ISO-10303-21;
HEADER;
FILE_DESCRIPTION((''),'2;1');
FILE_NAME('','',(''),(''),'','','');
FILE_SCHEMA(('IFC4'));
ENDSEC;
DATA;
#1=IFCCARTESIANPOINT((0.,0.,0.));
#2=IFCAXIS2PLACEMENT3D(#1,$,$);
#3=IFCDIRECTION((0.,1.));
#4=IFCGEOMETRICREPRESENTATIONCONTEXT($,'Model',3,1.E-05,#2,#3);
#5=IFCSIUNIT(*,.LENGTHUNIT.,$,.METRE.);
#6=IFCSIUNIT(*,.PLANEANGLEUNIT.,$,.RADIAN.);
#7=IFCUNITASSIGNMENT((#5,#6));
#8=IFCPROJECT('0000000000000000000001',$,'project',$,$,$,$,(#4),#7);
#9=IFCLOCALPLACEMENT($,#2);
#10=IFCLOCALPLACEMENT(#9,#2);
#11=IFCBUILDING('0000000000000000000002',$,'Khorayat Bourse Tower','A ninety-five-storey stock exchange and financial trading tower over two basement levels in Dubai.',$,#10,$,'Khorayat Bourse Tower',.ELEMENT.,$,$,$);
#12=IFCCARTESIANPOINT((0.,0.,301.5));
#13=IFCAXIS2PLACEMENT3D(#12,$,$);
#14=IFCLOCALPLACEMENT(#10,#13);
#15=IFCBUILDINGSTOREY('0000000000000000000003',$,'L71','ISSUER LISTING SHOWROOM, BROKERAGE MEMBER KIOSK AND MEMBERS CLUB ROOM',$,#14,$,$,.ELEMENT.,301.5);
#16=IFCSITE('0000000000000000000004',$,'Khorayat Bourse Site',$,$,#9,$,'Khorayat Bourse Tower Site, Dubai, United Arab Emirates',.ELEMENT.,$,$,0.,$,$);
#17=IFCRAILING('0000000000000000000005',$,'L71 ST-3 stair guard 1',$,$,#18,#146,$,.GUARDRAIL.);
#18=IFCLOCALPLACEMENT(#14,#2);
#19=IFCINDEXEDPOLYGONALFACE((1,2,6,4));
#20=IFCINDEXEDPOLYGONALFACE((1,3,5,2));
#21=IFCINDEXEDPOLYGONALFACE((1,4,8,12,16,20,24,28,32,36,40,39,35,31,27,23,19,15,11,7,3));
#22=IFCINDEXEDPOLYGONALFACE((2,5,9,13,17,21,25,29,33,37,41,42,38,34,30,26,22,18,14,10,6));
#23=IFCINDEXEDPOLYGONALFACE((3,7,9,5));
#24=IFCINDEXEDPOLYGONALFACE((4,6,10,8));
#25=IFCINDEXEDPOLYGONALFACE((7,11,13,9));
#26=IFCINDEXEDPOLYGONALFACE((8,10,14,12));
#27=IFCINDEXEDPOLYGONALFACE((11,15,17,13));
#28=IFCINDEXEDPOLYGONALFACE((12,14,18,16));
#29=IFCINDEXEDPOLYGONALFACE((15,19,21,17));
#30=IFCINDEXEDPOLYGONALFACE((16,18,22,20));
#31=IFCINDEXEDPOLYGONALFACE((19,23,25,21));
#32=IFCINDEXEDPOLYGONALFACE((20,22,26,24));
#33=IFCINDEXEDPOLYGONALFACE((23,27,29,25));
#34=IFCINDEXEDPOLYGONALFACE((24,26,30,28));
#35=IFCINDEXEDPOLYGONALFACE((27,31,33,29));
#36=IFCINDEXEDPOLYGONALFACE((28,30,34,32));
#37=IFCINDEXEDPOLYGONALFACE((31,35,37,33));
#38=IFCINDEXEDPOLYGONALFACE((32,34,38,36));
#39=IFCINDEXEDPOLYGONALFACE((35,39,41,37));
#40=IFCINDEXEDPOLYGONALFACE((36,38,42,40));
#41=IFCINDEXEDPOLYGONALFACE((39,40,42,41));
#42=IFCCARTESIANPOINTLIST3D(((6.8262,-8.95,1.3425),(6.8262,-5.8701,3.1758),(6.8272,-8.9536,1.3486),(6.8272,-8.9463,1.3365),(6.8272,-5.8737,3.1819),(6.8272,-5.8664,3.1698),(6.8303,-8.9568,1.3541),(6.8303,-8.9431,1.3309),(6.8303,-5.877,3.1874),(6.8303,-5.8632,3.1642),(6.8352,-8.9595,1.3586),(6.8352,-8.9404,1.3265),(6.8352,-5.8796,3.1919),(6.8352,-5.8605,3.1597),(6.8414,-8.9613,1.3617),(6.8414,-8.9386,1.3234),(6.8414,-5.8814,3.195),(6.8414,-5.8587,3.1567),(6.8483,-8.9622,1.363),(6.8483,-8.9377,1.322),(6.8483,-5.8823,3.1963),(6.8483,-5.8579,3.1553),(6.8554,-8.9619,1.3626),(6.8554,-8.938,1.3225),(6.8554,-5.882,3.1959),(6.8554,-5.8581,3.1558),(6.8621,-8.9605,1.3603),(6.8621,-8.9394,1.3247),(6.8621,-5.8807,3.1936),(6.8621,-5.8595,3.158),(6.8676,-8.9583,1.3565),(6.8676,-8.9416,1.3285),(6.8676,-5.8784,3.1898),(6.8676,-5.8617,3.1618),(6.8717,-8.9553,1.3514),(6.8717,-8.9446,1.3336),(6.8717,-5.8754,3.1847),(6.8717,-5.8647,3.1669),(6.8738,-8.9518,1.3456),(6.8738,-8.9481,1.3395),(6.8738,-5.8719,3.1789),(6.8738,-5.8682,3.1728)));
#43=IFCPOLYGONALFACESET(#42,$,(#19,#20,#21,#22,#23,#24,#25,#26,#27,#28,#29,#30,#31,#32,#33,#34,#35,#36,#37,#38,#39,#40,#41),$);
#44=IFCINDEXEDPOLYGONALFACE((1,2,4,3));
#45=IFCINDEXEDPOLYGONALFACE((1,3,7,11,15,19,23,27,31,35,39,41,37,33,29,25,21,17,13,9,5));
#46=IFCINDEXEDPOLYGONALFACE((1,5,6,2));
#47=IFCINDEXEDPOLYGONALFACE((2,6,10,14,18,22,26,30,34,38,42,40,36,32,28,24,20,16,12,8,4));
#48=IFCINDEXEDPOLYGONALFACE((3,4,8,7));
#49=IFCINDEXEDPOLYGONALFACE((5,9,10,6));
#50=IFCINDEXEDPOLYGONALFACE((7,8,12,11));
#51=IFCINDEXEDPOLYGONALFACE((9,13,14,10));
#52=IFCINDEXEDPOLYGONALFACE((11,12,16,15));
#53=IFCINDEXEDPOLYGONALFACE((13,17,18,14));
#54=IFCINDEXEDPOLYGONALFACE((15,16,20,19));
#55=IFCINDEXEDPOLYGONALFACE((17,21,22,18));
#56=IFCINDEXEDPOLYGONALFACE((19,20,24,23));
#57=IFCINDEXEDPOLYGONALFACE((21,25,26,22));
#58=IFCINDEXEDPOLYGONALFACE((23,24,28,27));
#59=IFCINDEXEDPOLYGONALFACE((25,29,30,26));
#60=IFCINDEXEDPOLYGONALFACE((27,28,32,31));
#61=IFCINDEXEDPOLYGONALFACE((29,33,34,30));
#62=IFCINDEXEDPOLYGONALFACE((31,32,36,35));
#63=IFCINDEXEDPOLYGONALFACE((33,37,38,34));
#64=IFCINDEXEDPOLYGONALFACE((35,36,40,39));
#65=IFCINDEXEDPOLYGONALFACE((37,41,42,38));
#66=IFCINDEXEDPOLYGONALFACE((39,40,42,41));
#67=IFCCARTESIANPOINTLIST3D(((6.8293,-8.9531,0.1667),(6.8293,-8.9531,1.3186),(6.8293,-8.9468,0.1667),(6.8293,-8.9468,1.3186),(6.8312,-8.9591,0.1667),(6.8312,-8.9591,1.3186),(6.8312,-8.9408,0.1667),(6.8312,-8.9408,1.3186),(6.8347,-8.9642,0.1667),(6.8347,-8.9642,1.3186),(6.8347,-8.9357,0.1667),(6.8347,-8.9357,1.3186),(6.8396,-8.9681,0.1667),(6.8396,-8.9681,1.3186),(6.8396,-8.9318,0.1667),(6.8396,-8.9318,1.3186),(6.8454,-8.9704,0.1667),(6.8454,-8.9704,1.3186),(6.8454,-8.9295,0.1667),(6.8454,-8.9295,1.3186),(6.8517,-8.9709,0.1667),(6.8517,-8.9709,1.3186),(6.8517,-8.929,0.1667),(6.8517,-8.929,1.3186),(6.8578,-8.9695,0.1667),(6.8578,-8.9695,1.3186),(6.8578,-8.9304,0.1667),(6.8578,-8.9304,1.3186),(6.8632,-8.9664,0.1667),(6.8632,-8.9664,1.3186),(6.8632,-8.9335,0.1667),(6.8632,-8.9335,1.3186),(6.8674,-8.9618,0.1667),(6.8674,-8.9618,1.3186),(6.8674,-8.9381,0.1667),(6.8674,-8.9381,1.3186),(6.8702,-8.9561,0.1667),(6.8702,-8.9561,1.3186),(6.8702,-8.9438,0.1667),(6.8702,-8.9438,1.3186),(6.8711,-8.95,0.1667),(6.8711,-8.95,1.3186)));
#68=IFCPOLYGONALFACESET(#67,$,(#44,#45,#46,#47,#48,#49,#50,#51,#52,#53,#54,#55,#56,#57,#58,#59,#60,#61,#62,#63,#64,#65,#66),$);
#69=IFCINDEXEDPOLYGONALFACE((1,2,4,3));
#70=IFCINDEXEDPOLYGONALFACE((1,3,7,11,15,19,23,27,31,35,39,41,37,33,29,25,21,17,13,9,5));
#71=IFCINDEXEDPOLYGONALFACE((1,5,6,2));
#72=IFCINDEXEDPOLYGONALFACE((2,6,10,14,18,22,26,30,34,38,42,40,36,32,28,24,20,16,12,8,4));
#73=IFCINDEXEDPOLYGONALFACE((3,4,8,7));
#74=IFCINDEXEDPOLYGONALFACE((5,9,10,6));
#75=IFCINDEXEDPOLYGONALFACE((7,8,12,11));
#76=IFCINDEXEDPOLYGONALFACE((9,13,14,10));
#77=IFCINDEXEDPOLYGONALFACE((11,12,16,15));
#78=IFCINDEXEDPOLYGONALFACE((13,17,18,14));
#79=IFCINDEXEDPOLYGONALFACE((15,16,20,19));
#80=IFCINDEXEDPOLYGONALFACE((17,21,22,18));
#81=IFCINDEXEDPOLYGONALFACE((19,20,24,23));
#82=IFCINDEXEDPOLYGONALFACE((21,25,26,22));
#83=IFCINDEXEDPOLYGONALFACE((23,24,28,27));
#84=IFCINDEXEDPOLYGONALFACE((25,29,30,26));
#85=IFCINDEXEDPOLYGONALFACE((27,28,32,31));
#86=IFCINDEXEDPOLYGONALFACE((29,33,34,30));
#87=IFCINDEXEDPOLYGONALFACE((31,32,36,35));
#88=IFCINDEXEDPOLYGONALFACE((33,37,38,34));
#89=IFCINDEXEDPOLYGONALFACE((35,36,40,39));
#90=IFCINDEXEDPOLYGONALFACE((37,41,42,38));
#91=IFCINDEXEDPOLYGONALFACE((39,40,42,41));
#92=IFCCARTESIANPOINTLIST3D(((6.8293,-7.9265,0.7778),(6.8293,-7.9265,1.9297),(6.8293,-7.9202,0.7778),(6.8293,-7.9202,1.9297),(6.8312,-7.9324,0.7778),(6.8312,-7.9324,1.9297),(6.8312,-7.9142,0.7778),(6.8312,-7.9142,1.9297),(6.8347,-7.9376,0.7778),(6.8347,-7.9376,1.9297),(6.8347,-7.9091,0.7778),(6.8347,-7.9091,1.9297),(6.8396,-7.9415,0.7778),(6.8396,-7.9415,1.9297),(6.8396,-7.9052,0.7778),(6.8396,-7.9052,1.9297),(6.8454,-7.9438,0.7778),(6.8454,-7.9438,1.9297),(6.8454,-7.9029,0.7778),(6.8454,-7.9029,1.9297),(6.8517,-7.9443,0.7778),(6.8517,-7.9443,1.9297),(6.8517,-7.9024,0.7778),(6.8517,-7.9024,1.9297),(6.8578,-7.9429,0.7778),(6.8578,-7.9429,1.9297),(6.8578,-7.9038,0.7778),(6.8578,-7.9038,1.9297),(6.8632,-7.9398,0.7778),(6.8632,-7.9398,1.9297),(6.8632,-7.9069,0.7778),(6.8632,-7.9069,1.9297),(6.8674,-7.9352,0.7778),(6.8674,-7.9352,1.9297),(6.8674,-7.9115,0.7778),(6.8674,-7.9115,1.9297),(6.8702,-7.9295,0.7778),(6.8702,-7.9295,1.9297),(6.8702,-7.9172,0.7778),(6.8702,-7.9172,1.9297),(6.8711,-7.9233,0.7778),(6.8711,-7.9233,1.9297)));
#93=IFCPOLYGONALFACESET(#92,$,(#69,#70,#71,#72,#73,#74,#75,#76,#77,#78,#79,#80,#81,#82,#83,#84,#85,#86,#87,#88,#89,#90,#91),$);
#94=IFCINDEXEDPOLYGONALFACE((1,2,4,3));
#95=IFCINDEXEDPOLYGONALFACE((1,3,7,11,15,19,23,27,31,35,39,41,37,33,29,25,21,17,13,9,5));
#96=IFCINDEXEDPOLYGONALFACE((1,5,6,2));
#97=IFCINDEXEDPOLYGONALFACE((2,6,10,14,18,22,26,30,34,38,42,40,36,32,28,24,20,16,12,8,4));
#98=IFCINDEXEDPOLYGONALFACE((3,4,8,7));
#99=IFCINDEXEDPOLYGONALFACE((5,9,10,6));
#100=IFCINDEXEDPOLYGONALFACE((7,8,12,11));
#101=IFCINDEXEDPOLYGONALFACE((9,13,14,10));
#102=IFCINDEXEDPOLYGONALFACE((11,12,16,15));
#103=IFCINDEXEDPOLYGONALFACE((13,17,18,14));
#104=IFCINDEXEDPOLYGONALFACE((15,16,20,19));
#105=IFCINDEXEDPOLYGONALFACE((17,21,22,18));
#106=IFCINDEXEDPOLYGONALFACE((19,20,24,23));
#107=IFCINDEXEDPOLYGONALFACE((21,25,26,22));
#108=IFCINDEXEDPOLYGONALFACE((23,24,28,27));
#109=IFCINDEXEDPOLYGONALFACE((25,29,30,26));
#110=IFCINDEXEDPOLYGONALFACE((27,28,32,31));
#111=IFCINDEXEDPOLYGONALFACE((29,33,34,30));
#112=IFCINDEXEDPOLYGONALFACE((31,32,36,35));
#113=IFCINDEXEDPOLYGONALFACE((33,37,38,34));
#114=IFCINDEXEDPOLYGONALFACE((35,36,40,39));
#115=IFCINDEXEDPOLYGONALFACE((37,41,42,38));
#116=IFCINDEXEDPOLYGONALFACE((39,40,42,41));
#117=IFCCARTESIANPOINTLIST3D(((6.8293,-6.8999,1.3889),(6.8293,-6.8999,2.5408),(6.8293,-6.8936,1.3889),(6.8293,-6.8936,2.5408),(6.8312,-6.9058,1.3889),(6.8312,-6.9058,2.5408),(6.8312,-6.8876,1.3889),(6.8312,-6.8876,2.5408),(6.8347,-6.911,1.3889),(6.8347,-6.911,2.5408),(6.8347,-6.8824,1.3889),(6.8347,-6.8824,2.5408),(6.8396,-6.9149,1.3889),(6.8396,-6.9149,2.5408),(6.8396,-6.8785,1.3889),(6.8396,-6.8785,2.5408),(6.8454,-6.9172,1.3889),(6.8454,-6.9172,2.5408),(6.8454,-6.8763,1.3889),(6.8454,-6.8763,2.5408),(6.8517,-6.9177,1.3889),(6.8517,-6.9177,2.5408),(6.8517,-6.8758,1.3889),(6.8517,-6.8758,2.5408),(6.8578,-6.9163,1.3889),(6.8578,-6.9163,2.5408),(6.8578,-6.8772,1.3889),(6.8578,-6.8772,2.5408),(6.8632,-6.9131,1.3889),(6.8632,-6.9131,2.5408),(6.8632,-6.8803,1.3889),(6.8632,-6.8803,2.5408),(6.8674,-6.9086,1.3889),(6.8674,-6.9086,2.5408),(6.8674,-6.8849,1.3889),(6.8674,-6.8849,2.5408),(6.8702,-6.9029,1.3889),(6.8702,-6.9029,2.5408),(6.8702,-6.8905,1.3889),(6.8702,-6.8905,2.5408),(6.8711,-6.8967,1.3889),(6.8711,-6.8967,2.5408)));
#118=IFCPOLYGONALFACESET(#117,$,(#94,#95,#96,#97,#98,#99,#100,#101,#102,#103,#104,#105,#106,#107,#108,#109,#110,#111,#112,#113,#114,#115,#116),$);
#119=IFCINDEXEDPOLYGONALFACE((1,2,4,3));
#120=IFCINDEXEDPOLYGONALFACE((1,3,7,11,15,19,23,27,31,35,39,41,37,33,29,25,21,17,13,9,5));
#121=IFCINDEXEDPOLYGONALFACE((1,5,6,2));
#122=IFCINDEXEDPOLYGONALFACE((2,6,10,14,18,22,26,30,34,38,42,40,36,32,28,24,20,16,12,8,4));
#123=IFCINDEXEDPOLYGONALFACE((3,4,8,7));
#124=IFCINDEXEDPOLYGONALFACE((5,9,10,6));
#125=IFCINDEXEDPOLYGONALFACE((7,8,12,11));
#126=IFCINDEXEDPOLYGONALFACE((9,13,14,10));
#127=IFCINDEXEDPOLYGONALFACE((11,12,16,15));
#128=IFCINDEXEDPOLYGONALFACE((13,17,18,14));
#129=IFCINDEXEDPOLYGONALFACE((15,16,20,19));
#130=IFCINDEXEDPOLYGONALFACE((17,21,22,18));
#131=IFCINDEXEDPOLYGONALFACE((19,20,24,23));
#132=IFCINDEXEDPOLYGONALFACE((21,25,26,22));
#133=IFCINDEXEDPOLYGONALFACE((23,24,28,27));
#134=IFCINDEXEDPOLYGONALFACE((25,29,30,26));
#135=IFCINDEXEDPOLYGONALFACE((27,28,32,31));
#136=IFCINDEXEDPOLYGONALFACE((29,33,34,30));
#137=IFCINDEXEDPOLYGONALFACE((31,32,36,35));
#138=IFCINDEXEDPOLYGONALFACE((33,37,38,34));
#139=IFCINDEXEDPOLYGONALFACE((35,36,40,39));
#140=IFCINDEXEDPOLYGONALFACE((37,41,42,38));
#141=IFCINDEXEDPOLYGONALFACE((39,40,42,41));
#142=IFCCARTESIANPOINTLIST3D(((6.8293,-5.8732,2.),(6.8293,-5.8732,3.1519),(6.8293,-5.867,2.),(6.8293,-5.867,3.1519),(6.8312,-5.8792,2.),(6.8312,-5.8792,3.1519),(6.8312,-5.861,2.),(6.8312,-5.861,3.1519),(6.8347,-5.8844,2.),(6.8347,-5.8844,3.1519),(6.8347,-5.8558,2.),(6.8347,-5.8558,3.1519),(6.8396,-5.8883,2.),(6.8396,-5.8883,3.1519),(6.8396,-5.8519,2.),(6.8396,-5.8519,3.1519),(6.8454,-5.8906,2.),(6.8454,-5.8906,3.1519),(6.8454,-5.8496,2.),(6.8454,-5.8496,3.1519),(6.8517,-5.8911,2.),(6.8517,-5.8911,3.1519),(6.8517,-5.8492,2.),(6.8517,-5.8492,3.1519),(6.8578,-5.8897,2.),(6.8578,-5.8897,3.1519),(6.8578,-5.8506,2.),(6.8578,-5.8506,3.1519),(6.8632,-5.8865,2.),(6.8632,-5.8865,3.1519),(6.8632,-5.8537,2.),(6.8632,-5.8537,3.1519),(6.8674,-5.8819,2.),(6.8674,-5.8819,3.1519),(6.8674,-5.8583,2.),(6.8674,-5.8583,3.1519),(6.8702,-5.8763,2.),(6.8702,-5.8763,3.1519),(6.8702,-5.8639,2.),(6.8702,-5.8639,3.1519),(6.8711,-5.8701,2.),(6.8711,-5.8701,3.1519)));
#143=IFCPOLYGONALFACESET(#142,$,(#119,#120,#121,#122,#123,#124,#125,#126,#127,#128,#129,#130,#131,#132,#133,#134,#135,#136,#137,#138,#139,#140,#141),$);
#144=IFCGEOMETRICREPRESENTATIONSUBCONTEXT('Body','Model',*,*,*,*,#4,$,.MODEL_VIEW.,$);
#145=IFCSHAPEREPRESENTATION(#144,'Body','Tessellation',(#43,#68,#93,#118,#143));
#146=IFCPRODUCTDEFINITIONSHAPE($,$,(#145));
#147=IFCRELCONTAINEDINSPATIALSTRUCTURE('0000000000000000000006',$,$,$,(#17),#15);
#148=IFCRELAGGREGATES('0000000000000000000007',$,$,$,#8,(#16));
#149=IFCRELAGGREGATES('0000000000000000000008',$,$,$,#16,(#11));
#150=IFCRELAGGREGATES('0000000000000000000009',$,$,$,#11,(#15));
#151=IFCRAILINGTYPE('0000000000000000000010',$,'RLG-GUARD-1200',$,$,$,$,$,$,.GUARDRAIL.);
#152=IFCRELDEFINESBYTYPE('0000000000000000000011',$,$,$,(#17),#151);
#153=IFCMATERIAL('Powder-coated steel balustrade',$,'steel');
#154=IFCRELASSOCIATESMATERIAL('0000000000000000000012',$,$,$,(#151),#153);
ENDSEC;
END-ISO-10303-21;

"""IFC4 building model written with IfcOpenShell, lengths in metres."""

from ifc_helpers import new_model, si_unit, direction, frame, origin, origin_2d, place, context, subcontext, project, spatial, circle, extrude, source, transform, mapped, material, type_object, element, save


model = new_model("IFC4")

# Units and contexts
model_context = context("Model", 3, precision=1e-05, world=origin(), true_north=direction((0.0, 1.0)))
body_context = subcontext(model_context, "Body", "Model", "MODEL_VIEW")
ifc_project = project(units=[si_unit("LENGTHUNIT", "METRE"), si_unit("PLANEANGLEUNIT", "RADIAN")], contexts=[model_context])

# Site, building, storey
site_placement = place(None, origin())
site = spatial("IfcSite", under=ifc_project, at=site_placement, Name="Khorayat Bourse Site", LongName="Khorayat Bourse Tower Site, Dubai, United Arab Emirates", CompositionType="ELEMENT", RefElevation=0.0)
building_placement = place(site_placement, origin())
building = spatial("IfcBuilding", under=site, at=building_placement, Name="Khorayat Bourse Tower", Description="A ninety-five-storey stock exchange and financial trading tower over two basement levels in Dubai.", LongName="Khorayat Bourse Tower", CompositionType="ELEMENT")
storey_placement = place(building_placement, frame((0.0, 0.0, 301.5)))
storey = spatial("IfcBuildingStorey", under=building, at=storey_placement, Name="L71", Description="ISSUER LISTING SHOWROOM, BROKERAGE MEMBER KIOSK AND MEMBERS CLUB ROOM", CompositionType="ELEMENT", Elevation=301.5)

# Railing
ifc_material_1 = material(Name="Powder-coated steel balustrade", Category="steel")
railing_type_1 = type_object("IfcRailingType", Name="RLG-GUARD-1200", PredefinedType="GUARDRAIL", material=ifc_material_1)
shared_shape_1 = source(origin(), body_context, "Body", "SweptSolid", [
    extrude(circle(Radius=0.0239, at=origin_2d()), frame((0.0, 0.0, 1.1758), z_axis=(0.0, 0.859291, 0.511487), x_axis=(-1.0, 0.0, 0.0)), (0.0, 0.0, 1.0), 3.5842),
    extrude(circle(Radius=0.021, at=origin_2d()), origin(), (0.0, 0.0, 1.0), 1.1519),
    extrude(circle(Radius=0.021, at=origin_2d()), frame((0.0, 1.0266, 0.6111)), (0.0, 0.0, 1.0), 1.1519),
    extrude(circle(Radius=0.021, at=origin_2d()), frame((0.0, 2.0532, 1.2222)), (0.0, 0.0, 1.0), 1.1519),
    extrude(circle(Radius=0.021, at=origin_2d()), frame((0.0, 3.0798, 1.8333)), (0.0, 0.0, 1.0), 1.1519),
])
railing_1_placement = place(storey_placement, frame((6.8501, -8.95, 0.1667)))
element("IfcRailing", 1, at=railing_1_placement, inside=storey, type_object=railing_type_1, Name="L71 ST-3 stair guard 1", PredefinedType="GUARDRAIL", context=body_context, shape_type="MappedRepresentation", body=[
    mapped(shared_shape_1, transform((0.0, 0.0, 0.0), scale=1.0)),
])

save(model, "model.ifc")
